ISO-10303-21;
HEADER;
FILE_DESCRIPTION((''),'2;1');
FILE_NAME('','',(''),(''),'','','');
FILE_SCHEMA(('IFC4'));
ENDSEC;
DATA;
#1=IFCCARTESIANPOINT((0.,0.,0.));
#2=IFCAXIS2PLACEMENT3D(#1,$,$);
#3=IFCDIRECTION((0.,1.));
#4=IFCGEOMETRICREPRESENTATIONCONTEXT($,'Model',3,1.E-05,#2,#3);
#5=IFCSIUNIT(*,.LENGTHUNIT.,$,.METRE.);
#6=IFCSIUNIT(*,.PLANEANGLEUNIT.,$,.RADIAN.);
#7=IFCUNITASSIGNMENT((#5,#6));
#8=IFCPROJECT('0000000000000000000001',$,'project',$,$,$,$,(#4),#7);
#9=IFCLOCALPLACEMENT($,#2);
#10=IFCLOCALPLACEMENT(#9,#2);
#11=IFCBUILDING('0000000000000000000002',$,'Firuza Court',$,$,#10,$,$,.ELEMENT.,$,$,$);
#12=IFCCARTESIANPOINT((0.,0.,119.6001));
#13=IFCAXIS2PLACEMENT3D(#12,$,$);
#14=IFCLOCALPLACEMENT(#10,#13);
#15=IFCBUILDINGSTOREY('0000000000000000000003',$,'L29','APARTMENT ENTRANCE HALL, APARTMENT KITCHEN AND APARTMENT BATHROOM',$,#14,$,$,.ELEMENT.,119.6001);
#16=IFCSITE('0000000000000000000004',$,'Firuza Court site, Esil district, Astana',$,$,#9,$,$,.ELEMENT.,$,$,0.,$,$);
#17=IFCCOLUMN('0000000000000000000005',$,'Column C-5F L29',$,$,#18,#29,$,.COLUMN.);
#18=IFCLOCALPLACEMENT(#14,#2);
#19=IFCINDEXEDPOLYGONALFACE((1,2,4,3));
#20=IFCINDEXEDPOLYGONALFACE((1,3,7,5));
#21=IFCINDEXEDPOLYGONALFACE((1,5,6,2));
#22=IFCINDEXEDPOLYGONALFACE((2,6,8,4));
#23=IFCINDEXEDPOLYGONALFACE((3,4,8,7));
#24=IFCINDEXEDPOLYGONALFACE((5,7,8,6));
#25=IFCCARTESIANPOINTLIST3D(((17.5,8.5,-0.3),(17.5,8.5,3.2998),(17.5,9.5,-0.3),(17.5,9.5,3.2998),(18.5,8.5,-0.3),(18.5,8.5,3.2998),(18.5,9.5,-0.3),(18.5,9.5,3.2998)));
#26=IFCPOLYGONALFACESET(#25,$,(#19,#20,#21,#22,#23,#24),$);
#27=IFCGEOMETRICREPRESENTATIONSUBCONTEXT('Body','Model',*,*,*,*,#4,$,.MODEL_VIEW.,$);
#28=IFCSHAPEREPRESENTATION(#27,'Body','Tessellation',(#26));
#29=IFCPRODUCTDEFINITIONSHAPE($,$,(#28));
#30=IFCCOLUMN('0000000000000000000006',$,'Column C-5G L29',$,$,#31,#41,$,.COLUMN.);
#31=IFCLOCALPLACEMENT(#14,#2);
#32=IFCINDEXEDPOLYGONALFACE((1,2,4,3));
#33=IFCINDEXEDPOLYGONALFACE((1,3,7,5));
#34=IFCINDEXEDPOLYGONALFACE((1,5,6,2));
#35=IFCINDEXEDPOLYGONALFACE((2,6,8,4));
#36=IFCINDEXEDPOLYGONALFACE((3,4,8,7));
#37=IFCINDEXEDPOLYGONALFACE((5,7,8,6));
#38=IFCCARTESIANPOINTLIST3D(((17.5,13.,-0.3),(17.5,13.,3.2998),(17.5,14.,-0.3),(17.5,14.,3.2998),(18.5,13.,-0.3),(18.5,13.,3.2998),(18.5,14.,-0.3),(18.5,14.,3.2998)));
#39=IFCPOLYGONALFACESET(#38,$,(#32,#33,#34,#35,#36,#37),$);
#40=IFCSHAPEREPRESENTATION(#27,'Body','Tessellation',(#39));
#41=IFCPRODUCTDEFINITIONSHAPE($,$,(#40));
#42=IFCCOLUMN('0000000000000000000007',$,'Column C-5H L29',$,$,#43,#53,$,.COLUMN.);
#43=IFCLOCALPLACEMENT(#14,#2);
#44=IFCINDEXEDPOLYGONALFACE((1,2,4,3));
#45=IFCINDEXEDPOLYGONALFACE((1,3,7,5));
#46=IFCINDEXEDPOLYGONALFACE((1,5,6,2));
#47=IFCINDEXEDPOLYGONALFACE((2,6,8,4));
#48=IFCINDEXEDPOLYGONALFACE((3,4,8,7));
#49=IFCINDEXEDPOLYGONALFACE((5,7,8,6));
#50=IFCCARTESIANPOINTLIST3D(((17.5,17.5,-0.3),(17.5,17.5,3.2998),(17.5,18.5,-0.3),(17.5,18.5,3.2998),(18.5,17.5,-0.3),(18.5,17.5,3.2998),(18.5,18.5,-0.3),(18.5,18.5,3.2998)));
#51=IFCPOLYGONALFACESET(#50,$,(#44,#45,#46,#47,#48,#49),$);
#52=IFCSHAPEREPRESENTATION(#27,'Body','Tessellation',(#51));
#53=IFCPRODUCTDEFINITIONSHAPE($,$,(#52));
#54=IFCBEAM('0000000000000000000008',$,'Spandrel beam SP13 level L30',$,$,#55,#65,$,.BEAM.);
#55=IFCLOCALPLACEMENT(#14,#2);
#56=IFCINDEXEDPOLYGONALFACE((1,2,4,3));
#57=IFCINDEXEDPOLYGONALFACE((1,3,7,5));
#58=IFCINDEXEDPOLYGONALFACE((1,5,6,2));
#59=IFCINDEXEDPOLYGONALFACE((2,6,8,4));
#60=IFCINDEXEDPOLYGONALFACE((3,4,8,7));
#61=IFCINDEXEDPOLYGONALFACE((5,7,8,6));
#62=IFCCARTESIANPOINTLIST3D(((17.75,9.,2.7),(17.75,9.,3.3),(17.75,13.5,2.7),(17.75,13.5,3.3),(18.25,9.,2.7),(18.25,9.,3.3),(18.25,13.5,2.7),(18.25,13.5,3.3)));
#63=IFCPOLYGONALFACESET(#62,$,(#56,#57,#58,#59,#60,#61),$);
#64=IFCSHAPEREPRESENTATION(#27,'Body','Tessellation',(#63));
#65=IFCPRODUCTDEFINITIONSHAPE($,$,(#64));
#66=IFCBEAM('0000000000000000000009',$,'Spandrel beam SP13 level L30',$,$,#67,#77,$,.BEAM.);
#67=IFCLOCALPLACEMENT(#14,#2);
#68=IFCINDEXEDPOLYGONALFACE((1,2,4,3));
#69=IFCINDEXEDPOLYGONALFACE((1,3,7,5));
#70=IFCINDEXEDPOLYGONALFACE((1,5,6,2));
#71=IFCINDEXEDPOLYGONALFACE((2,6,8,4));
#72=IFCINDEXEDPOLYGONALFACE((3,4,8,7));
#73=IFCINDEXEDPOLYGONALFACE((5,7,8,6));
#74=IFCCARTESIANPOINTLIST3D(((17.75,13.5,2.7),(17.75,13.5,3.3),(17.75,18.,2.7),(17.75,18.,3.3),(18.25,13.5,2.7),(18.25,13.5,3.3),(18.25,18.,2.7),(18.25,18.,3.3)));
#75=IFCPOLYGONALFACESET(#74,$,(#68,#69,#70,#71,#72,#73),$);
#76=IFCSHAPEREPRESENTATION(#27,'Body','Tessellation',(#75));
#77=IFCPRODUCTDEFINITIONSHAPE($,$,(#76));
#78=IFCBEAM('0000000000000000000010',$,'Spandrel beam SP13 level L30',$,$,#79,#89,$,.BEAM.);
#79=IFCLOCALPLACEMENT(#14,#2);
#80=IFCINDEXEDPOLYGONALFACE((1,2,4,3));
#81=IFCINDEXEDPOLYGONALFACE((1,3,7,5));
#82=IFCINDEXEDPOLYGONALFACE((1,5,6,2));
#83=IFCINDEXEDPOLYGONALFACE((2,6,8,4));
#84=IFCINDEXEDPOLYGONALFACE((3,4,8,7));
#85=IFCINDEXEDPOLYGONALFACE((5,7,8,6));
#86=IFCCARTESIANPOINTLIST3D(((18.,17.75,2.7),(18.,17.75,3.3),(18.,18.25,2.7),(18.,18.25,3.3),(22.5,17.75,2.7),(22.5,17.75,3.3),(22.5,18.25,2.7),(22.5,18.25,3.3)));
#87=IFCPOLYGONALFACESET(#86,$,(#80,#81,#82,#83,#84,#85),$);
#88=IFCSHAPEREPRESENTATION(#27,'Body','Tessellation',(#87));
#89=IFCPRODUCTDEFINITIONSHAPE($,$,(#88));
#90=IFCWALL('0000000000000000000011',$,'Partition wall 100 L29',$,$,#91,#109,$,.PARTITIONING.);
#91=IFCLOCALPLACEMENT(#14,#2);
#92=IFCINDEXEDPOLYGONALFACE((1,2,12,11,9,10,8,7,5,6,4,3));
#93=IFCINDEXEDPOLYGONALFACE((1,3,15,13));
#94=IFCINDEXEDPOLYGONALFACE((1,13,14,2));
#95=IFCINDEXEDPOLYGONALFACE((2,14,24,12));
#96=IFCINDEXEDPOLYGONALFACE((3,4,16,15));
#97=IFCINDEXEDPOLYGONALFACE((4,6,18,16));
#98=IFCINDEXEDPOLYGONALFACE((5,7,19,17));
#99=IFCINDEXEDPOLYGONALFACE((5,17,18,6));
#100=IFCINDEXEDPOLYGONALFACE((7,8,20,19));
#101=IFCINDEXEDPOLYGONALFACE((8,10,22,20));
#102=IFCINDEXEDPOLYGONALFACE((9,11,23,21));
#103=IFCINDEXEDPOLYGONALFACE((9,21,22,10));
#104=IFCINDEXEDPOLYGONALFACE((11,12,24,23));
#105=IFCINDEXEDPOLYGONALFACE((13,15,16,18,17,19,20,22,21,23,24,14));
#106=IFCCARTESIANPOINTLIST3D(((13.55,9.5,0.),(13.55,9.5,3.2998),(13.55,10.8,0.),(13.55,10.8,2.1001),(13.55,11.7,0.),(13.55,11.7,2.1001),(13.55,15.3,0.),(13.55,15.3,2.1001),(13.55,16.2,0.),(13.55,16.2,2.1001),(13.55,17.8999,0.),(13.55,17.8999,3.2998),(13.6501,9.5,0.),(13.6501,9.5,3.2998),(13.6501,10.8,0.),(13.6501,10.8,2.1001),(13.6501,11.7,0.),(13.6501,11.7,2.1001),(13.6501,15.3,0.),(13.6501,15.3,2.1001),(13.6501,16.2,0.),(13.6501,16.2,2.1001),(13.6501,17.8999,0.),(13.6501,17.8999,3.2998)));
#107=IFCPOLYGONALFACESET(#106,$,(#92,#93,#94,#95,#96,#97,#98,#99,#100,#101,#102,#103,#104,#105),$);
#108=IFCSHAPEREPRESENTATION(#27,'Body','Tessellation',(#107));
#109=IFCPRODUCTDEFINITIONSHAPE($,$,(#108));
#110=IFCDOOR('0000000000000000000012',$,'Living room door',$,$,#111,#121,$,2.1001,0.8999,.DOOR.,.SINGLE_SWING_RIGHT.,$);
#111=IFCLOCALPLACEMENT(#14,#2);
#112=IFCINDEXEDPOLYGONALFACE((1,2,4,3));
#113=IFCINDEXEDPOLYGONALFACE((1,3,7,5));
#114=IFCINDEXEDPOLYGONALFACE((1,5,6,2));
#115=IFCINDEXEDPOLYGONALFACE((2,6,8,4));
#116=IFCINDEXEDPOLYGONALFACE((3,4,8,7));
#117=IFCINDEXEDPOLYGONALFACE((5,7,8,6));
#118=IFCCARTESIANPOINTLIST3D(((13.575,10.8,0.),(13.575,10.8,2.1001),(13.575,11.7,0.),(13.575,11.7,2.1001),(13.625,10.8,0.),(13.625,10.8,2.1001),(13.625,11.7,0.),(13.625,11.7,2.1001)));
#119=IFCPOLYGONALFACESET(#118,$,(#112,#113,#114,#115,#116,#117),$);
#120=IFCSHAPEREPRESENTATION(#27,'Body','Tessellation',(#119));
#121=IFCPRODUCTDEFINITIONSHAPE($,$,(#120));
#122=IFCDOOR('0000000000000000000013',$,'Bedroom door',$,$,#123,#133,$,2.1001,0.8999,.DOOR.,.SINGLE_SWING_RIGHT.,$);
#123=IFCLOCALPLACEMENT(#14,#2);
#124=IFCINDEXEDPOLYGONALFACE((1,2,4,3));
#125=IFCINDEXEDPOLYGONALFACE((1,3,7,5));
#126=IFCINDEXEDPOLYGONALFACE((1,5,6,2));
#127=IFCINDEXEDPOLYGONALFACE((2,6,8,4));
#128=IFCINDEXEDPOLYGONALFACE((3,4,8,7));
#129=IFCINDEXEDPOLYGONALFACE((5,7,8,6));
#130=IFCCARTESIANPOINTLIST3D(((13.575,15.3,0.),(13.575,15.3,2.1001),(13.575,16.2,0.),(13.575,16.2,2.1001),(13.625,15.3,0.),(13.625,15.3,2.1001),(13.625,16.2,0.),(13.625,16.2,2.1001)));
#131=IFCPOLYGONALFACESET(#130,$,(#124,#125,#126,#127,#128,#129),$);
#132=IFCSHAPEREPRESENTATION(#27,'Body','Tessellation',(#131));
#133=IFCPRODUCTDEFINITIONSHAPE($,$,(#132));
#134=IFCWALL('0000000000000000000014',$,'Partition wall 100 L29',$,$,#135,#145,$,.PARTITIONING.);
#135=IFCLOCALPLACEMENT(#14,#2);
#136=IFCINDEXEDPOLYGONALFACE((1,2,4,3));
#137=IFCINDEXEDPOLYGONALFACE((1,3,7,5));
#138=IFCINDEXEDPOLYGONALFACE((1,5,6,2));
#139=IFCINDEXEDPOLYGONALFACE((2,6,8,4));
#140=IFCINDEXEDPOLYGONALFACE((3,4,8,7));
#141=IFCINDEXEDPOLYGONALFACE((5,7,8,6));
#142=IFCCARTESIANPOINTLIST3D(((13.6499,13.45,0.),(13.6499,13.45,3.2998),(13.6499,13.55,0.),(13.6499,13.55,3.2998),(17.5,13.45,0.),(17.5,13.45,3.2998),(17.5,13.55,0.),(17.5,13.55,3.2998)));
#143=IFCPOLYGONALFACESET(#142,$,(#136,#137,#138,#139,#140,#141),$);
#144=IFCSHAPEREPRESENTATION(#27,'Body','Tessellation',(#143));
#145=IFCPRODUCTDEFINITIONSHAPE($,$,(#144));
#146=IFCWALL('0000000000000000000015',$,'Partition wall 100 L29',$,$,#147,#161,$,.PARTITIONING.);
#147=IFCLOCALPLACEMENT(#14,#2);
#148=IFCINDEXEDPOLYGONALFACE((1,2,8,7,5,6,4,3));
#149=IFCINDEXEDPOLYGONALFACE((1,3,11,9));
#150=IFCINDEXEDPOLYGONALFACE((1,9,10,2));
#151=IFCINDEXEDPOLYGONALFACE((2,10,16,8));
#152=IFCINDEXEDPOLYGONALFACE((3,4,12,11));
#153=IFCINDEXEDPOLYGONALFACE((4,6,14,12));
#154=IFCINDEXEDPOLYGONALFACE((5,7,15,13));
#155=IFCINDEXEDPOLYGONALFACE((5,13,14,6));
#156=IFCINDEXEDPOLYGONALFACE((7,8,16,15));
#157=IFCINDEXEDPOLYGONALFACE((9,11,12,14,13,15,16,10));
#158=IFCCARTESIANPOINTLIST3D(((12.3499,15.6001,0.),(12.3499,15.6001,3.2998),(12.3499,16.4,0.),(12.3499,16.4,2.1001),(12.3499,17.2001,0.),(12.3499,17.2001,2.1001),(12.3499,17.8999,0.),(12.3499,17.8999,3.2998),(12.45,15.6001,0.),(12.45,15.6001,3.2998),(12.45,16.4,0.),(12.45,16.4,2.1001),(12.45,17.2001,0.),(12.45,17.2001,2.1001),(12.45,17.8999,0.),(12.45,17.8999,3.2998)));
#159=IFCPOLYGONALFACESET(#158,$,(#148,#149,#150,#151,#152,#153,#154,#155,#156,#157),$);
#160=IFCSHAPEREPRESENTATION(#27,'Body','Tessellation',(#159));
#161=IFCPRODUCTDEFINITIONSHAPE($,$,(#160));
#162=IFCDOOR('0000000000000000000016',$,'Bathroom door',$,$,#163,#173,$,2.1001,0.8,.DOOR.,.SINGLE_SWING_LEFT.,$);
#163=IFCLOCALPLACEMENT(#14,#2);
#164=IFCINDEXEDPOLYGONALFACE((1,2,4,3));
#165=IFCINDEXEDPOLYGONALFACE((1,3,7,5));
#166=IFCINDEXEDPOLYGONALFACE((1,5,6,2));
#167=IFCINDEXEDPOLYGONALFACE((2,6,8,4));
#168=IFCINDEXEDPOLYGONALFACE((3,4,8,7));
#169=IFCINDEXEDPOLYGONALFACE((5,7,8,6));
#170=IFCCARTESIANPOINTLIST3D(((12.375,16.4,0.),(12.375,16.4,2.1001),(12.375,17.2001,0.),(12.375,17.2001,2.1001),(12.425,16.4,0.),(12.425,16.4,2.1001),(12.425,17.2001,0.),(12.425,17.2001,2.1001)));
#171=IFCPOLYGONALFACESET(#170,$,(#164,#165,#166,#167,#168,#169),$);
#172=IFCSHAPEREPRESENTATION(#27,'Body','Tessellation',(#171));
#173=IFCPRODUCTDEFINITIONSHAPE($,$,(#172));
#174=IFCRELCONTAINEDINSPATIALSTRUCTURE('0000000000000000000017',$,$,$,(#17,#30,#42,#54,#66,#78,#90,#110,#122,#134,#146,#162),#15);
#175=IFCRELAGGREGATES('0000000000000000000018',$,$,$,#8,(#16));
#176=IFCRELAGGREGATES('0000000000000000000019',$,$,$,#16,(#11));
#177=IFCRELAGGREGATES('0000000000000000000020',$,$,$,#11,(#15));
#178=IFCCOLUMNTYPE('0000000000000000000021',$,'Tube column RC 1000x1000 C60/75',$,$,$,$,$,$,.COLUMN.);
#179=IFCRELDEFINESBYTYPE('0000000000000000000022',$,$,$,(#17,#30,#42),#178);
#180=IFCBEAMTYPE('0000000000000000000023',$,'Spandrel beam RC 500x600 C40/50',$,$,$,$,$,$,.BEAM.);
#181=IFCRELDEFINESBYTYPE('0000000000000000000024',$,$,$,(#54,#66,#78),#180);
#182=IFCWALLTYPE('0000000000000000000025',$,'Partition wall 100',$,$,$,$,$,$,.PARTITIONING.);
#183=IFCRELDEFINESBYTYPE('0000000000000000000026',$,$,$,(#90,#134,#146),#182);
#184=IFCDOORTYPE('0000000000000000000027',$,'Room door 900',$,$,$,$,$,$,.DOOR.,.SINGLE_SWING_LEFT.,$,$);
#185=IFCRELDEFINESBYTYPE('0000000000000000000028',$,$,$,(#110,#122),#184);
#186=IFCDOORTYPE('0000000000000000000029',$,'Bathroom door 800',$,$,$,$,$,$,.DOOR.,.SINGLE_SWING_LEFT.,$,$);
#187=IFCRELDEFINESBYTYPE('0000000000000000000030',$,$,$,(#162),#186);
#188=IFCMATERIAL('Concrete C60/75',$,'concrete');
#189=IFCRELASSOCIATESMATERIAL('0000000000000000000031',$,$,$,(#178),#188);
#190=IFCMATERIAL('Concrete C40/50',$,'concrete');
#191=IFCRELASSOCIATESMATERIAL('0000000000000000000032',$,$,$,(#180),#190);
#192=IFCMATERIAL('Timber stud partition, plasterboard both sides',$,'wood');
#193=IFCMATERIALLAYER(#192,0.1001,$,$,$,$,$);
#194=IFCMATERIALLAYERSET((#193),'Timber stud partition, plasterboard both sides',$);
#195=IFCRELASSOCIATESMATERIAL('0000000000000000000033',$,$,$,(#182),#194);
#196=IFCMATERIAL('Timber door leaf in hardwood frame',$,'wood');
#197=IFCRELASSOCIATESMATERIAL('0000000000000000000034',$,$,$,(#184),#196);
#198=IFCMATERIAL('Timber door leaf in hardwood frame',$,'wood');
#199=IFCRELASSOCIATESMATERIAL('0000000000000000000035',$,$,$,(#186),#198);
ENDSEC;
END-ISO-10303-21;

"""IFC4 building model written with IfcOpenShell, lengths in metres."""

from ifc_helpers import new_model, si_unit, direction, frame, frame_2d, origin, origin_2d, place, context, subcontext, project, spatial, rectangle, extrude, material, layer, layer_set, material_profile, profile_set, type_object, element, fill, save


model = new_model("IFC4")

# Units and contexts
model_context = context("Model", 3, precision=1e-05, world=origin(), true_north=direction((0.0, 1.0)))
body_context = subcontext(model_context, "Body", "Model", "MODEL_VIEW")
ifc_project = project(units=[si_unit("LENGTHUNIT", "METRE"), si_unit("PLANEANGLEUNIT", "RADIAN")], contexts=[model_context])

# Site, building, storey
site_placement = place(None, origin())
site = spatial("IfcSite", under=ifc_project, at=site_placement, Name="Firuza Court site, Esil district, Astana", CompositionType="ELEMENT", RefElevation=0.0)
building_placement = place(site_placement, origin())
building = spatial("IfcBuilding", under=site, at=building_placement, Name="Firuza Court", CompositionType="ELEMENT")
storey_placement = place(building_placement, frame((0.0, 0.0, 119.6001)))
storey = spatial("IfcBuildingStorey", under=building, at=storey_placement, Name="L29", Description="APARTMENT ENTRANCE HALL, APARTMENT KITCHEN AND APARTMENT BATHROOM", CompositionType="ELEMENT", Elevation=119.6001)

# Columns
ifc_material_1 = material(Name="Concrete C60/75", Category="concrete")
ifc_material_profile_1 = material_profile(ifc_material_1, rectangle(XDim=1.0, YDim=1.0, at=origin_2d()), Name="RC 1000x1000")
ifc_profile_set_1 = profile_set([ifc_material_profile_1], Name="Concrete C60/75")
column_type = type_object("IfcColumnType", Name="Tube column RC 1000x1000 C60/75", PredefinedType="COLUMN", material=ifc_profile_set_1)
for number, where, z_axis, x_axis, name in (
    (1, (18.0, 9.0, -0.3), (0.0, 0.0, 1.0), (1.0, 0.0, 0.0), "Column C-5F L29"),
    (2, (18.0, 13.5, -0.3), (0.0, 0.0, 1.0), (1.0, 0.0, 0.0), "Column C-5G L29"),
    (3, (18.0, 18.0, -0.3), (0.0, 0.0, 1.0), (1.0, 0.0, 0.0), "Column C-5H L29"),
):
    element("IfcColumn", number, at=place(storey_placement, frame(where, z_axis=z_axis, x_axis=x_axis)), inside=storey, type_object=column_type, Name=name, PredefinedType="COLUMN", context=body_context, shape_type="SweptSolid", body=[
        extrude(rectangle(XDim=1.0, YDim=1.0, at=origin_2d()), origin(), (0.0, 0.0, 1.0), 3.5999),
    ])

# Beams
ifc_material_2 = material(Name="Concrete C40/50", Category="concrete")
ifc_material_profile_2 = material_profile(ifc_material_2, rectangle(XDim=0.5, YDim=0.6001, at=origin_2d()), Name="RC 500x600")
ifc_profile_set_2 = profile_set([ifc_material_profile_2], Name="Concrete C40/50")
beam_type = type_object("IfcBeamType", Name="Spandrel beam RC 500x600 C40/50", PredefinedType="BEAM", material=ifc_profile_set_2)
for number, where, z_axis, x_axis, name in (
    (4, (18.0, 9.0, 3.0), (0.0, 1.0, 0.0), (-1.0, 0.0, 0.0), "Spandrel beam SP13 level L30"),
    (5, (18.0, 13.5, 3.0), (0.0, 1.0, 0.0), (-1.0, 0.0, 0.0), "Spandrel beam SP13 level L30"),
    (6, (18.0, 18.0, 3.0), (1.0, 0.0, 0.0), (0.0, 1.0, 0.0), "Spandrel beam SP13 level L30"),
):
    element("IfcBeam", number, at=place(storey_placement, frame(where, z_axis=z_axis, x_axis=x_axis)), inside=storey, type_object=beam_type, Name=name, PredefinedType="BEAM", context=body_context, shape_type="SweptSolid", body=[
        extrude(rectangle(XDim=0.5, YDim=0.6001, at=origin_2d()), origin(), (0.0, 0.0, 1.0), 4.5),
    ])

# Wall, openings, doors
ifc_material_3 = material(Name="Timber stud partition, plasterboard both sides", Category="wood")
ifc_layer_1 = layer(ifc_material_3, 0.1001)
ifc_layer_set_1 = layer_set([ifc_layer_1], Name="Timber stud partition, plasterboard both sides")
wall_type_1 = type_object("IfcWallType", Name="Partition wall 100", PredefinedType="PARTITIONING", material=ifc_layer_set_1)
wall_1_placement = place(storey_placement, frame((13.6001, 9.5, 0.0), z_axis=(0.0, 0.0, 1.0), x_axis=(0.0, 1.0, 0.0)))
wall_1 = element("IfcWall", 7, at=wall_1_placement, inside=storey, type_object=wall_type_1, Name="Partition wall 100 L29", PredefinedType="PARTITIONING", context=body_context, shape_type="SweptSolid", body=[
    extrude(rectangle(XDim=8.3999, YDim=0.1001, at=frame_2d((4.2, 0.0))), origin(), (0.0, 0.0, 1.0), 3.2998),
])
opening_1_placement = place(wall_1_placement, frame((1.3, 0.0, 0.0)))
opening_1 = element("IfcOpeningElement", 8, at=opening_1_placement, cuts=wall_1, PredefinedType="OPENING", context=body_context, shape_type="SweptSolid", body=[
    extrude(rectangle(XDim=0.8999, YDim=2.1001, at=frame_2d((0.45, 1.05))), frame((0.0, 0.062, 0.0), z_axis=(0.0, -1.0, 0.0), x_axis=(1.0, 0.0, 0.0)), (0.0, 0.0, 1.0), 0.124),
])
opening_2_placement = place(wall_1_placement, frame((5.8, 0.0, 0.0)))
opening_2 = element("IfcOpeningElement", 9, at=opening_2_placement, cuts=wall_1, PredefinedType="OPENING", context=body_context, shape_type="SweptSolid", body=[
    extrude(rectangle(XDim=0.8999, YDim=2.1001, at=frame_2d((0.45, 1.05))), frame((0.0, 0.062, 0.0), z_axis=(0.0, -1.0, 0.0), x_axis=(1.0, 0.0, 0.0)), (0.0, 0.0, 1.0), 0.124),
])
ifc_material_4 = material(Name="Timber door leaf in hardwood frame", Category="wood")
door_type_1 = type_object("IfcDoorType", Name="Room door 900", OperationType="SINGLE_SWING_LEFT", PredefinedType="DOOR", material=ifc_material_4)
door_1_placement = place(opening_1_placement, frame((0.8999, 0.0, 0.0), z_axis=(0.0, 0.0, 1.0), x_axis=(-1.0, 0.0, 0.0)))
door_1 = element("IfcDoor", 10, at=door_1_placement, inside=storey, type_object=door_type_1, Name="Living room door", OperationType="SINGLE_SWING_RIGHT", OverallHeight=2.1001, OverallWidth=0.8999, PredefinedType="DOOR", context=body_context, shape_type="SweptSolid", body=[
    extrude(rectangle(XDim=0.8999, YDim=2.1001, at=frame_2d((0.45, 1.05))), frame((0.0, 0.0249, 0.0), z_axis=(0.0, -1.0, 0.0), x_axis=(1.0, 0.0, 0.0)), (0.0, 0.0, 1.0), 0.05),
])
fill(opening_1, door_1)
door_2_placement = place(opening_2_placement, frame((0.8999, 0.0, 0.0), z_axis=(0.0, 0.0, 1.0), x_axis=(-1.0, 0.0, 0.0)))
door_2 = element("IfcDoor", 11, at=door_2_placement, inside=storey, type_object=door_type_1, Name="Bedroom door", OperationType="SINGLE_SWING_RIGHT", OverallHeight=2.1001, OverallWidth=0.8999, PredefinedType="DOOR", context=body_context, shape_type="SweptSolid", body=[
    extrude(rectangle(XDim=0.8999, YDim=2.1001, at=frame_2d((0.45, 1.05))), frame((0.0, 0.0249, 0.0), z_axis=(0.0, -1.0, 0.0), x_axis=(1.0, 0.0, 0.0)), (0.0, 0.0, 1.0), 0.05),
])
fill(opening_2, door_2)

# Wall
wall_2_placement = place(storey_placement, frame((13.6499, 13.5, 0.0), z_axis=(0.0, 0.0, 1.0), x_axis=(1.0, 0.0, 0.0)))
element("IfcWall", 12, at=wall_2_placement, inside=storey, type_object=wall_type_1, Name="Partition wall 100 L29", PredefinedType="PARTITIONING", context=body_context, shape_type="SweptSolid", body=[
    extrude(rectangle(XDim=3.8501, YDim=0.1001, at=frame_2d((1.925, 0.0))), origin(), (0.0, 0.0, 1.0), 3.2998),
])

# Wall, opening, door
wall_3_placement = place(storey_placement, frame((12.3999, 15.6001, 0.0), z_axis=(0.0, 0.0, 1.0), x_axis=(0.0, 1.0, 0.0)))
wall_3 = element("IfcWall", 13, at=wall_3_placement, inside=storey, type_object=wall_type_1, Name="Partition wall 100 L29", PredefinedType="PARTITIONING", context=body_context, shape_type="SweptSolid", body=[
    extrude(rectangle(XDim=2.2998, YDim=0.1001, at=frame_2d((1.1499, 0.0))), origin(), (0.0, 0.0, 1.0), 3.2998),
])
opening_3_placement = place(wall_3_placement, frame((0.8, 0.0, 0.0)))
opening_3 = element("IfcOpeningElement", 14, at=opening_3_placement, cuts=wall_3, PredefinedType="OPENING", context=body_context, shape_type="SweptSolid", body=[
    extrude(rectangle(XDim=0.8, YDim=2.1001, at=frame_2d((0.3999, 1.05))), frame((0.0, 0.062, 0.0), z_axis=(0.0, -1.0, 0.0), x_axis=(1.0, 0.0, 0.0)), (0.0, 0.0, 1.0), 0.124),
])
ifc_material_5 = material(Name="Timber door leaf in hardwood frame", Category="wood")
door_type_2 = type_object("IfcDoorType", Name="Bathroom door 800", OperationType="SINGLE_SWING_LEFT", PredefinedType="DOOR", material=ifc_material_5)
door_3_placement = place(opening_3_placement, origin())
door_3 = element("IfcDoor", 15, at=door_3_placement, inside=storey, type_object=door_type_2, Name="Bathroom door", OperationType="SINGLE_SWING_LEFT", OverallHeight=2.1001, OverallWidth=0.8, PredefinedType="DOOR", context=body_context, shape_type="SweptSolid", body=[
    extrude(rectangle(XDim=0.8, YDim=2.1001, at=frame_2d((0.3999, 1.05))), frame((0.0, 0.0249, 0.0), z_axis=(0.0, -1.0, 0.0), x_axis=(1.0, 0.0, 0.0)), (0.0, 0.0, 1.0), 0.05),
])
fill(opening_3, door_3)

save(model, "model.ifc")
